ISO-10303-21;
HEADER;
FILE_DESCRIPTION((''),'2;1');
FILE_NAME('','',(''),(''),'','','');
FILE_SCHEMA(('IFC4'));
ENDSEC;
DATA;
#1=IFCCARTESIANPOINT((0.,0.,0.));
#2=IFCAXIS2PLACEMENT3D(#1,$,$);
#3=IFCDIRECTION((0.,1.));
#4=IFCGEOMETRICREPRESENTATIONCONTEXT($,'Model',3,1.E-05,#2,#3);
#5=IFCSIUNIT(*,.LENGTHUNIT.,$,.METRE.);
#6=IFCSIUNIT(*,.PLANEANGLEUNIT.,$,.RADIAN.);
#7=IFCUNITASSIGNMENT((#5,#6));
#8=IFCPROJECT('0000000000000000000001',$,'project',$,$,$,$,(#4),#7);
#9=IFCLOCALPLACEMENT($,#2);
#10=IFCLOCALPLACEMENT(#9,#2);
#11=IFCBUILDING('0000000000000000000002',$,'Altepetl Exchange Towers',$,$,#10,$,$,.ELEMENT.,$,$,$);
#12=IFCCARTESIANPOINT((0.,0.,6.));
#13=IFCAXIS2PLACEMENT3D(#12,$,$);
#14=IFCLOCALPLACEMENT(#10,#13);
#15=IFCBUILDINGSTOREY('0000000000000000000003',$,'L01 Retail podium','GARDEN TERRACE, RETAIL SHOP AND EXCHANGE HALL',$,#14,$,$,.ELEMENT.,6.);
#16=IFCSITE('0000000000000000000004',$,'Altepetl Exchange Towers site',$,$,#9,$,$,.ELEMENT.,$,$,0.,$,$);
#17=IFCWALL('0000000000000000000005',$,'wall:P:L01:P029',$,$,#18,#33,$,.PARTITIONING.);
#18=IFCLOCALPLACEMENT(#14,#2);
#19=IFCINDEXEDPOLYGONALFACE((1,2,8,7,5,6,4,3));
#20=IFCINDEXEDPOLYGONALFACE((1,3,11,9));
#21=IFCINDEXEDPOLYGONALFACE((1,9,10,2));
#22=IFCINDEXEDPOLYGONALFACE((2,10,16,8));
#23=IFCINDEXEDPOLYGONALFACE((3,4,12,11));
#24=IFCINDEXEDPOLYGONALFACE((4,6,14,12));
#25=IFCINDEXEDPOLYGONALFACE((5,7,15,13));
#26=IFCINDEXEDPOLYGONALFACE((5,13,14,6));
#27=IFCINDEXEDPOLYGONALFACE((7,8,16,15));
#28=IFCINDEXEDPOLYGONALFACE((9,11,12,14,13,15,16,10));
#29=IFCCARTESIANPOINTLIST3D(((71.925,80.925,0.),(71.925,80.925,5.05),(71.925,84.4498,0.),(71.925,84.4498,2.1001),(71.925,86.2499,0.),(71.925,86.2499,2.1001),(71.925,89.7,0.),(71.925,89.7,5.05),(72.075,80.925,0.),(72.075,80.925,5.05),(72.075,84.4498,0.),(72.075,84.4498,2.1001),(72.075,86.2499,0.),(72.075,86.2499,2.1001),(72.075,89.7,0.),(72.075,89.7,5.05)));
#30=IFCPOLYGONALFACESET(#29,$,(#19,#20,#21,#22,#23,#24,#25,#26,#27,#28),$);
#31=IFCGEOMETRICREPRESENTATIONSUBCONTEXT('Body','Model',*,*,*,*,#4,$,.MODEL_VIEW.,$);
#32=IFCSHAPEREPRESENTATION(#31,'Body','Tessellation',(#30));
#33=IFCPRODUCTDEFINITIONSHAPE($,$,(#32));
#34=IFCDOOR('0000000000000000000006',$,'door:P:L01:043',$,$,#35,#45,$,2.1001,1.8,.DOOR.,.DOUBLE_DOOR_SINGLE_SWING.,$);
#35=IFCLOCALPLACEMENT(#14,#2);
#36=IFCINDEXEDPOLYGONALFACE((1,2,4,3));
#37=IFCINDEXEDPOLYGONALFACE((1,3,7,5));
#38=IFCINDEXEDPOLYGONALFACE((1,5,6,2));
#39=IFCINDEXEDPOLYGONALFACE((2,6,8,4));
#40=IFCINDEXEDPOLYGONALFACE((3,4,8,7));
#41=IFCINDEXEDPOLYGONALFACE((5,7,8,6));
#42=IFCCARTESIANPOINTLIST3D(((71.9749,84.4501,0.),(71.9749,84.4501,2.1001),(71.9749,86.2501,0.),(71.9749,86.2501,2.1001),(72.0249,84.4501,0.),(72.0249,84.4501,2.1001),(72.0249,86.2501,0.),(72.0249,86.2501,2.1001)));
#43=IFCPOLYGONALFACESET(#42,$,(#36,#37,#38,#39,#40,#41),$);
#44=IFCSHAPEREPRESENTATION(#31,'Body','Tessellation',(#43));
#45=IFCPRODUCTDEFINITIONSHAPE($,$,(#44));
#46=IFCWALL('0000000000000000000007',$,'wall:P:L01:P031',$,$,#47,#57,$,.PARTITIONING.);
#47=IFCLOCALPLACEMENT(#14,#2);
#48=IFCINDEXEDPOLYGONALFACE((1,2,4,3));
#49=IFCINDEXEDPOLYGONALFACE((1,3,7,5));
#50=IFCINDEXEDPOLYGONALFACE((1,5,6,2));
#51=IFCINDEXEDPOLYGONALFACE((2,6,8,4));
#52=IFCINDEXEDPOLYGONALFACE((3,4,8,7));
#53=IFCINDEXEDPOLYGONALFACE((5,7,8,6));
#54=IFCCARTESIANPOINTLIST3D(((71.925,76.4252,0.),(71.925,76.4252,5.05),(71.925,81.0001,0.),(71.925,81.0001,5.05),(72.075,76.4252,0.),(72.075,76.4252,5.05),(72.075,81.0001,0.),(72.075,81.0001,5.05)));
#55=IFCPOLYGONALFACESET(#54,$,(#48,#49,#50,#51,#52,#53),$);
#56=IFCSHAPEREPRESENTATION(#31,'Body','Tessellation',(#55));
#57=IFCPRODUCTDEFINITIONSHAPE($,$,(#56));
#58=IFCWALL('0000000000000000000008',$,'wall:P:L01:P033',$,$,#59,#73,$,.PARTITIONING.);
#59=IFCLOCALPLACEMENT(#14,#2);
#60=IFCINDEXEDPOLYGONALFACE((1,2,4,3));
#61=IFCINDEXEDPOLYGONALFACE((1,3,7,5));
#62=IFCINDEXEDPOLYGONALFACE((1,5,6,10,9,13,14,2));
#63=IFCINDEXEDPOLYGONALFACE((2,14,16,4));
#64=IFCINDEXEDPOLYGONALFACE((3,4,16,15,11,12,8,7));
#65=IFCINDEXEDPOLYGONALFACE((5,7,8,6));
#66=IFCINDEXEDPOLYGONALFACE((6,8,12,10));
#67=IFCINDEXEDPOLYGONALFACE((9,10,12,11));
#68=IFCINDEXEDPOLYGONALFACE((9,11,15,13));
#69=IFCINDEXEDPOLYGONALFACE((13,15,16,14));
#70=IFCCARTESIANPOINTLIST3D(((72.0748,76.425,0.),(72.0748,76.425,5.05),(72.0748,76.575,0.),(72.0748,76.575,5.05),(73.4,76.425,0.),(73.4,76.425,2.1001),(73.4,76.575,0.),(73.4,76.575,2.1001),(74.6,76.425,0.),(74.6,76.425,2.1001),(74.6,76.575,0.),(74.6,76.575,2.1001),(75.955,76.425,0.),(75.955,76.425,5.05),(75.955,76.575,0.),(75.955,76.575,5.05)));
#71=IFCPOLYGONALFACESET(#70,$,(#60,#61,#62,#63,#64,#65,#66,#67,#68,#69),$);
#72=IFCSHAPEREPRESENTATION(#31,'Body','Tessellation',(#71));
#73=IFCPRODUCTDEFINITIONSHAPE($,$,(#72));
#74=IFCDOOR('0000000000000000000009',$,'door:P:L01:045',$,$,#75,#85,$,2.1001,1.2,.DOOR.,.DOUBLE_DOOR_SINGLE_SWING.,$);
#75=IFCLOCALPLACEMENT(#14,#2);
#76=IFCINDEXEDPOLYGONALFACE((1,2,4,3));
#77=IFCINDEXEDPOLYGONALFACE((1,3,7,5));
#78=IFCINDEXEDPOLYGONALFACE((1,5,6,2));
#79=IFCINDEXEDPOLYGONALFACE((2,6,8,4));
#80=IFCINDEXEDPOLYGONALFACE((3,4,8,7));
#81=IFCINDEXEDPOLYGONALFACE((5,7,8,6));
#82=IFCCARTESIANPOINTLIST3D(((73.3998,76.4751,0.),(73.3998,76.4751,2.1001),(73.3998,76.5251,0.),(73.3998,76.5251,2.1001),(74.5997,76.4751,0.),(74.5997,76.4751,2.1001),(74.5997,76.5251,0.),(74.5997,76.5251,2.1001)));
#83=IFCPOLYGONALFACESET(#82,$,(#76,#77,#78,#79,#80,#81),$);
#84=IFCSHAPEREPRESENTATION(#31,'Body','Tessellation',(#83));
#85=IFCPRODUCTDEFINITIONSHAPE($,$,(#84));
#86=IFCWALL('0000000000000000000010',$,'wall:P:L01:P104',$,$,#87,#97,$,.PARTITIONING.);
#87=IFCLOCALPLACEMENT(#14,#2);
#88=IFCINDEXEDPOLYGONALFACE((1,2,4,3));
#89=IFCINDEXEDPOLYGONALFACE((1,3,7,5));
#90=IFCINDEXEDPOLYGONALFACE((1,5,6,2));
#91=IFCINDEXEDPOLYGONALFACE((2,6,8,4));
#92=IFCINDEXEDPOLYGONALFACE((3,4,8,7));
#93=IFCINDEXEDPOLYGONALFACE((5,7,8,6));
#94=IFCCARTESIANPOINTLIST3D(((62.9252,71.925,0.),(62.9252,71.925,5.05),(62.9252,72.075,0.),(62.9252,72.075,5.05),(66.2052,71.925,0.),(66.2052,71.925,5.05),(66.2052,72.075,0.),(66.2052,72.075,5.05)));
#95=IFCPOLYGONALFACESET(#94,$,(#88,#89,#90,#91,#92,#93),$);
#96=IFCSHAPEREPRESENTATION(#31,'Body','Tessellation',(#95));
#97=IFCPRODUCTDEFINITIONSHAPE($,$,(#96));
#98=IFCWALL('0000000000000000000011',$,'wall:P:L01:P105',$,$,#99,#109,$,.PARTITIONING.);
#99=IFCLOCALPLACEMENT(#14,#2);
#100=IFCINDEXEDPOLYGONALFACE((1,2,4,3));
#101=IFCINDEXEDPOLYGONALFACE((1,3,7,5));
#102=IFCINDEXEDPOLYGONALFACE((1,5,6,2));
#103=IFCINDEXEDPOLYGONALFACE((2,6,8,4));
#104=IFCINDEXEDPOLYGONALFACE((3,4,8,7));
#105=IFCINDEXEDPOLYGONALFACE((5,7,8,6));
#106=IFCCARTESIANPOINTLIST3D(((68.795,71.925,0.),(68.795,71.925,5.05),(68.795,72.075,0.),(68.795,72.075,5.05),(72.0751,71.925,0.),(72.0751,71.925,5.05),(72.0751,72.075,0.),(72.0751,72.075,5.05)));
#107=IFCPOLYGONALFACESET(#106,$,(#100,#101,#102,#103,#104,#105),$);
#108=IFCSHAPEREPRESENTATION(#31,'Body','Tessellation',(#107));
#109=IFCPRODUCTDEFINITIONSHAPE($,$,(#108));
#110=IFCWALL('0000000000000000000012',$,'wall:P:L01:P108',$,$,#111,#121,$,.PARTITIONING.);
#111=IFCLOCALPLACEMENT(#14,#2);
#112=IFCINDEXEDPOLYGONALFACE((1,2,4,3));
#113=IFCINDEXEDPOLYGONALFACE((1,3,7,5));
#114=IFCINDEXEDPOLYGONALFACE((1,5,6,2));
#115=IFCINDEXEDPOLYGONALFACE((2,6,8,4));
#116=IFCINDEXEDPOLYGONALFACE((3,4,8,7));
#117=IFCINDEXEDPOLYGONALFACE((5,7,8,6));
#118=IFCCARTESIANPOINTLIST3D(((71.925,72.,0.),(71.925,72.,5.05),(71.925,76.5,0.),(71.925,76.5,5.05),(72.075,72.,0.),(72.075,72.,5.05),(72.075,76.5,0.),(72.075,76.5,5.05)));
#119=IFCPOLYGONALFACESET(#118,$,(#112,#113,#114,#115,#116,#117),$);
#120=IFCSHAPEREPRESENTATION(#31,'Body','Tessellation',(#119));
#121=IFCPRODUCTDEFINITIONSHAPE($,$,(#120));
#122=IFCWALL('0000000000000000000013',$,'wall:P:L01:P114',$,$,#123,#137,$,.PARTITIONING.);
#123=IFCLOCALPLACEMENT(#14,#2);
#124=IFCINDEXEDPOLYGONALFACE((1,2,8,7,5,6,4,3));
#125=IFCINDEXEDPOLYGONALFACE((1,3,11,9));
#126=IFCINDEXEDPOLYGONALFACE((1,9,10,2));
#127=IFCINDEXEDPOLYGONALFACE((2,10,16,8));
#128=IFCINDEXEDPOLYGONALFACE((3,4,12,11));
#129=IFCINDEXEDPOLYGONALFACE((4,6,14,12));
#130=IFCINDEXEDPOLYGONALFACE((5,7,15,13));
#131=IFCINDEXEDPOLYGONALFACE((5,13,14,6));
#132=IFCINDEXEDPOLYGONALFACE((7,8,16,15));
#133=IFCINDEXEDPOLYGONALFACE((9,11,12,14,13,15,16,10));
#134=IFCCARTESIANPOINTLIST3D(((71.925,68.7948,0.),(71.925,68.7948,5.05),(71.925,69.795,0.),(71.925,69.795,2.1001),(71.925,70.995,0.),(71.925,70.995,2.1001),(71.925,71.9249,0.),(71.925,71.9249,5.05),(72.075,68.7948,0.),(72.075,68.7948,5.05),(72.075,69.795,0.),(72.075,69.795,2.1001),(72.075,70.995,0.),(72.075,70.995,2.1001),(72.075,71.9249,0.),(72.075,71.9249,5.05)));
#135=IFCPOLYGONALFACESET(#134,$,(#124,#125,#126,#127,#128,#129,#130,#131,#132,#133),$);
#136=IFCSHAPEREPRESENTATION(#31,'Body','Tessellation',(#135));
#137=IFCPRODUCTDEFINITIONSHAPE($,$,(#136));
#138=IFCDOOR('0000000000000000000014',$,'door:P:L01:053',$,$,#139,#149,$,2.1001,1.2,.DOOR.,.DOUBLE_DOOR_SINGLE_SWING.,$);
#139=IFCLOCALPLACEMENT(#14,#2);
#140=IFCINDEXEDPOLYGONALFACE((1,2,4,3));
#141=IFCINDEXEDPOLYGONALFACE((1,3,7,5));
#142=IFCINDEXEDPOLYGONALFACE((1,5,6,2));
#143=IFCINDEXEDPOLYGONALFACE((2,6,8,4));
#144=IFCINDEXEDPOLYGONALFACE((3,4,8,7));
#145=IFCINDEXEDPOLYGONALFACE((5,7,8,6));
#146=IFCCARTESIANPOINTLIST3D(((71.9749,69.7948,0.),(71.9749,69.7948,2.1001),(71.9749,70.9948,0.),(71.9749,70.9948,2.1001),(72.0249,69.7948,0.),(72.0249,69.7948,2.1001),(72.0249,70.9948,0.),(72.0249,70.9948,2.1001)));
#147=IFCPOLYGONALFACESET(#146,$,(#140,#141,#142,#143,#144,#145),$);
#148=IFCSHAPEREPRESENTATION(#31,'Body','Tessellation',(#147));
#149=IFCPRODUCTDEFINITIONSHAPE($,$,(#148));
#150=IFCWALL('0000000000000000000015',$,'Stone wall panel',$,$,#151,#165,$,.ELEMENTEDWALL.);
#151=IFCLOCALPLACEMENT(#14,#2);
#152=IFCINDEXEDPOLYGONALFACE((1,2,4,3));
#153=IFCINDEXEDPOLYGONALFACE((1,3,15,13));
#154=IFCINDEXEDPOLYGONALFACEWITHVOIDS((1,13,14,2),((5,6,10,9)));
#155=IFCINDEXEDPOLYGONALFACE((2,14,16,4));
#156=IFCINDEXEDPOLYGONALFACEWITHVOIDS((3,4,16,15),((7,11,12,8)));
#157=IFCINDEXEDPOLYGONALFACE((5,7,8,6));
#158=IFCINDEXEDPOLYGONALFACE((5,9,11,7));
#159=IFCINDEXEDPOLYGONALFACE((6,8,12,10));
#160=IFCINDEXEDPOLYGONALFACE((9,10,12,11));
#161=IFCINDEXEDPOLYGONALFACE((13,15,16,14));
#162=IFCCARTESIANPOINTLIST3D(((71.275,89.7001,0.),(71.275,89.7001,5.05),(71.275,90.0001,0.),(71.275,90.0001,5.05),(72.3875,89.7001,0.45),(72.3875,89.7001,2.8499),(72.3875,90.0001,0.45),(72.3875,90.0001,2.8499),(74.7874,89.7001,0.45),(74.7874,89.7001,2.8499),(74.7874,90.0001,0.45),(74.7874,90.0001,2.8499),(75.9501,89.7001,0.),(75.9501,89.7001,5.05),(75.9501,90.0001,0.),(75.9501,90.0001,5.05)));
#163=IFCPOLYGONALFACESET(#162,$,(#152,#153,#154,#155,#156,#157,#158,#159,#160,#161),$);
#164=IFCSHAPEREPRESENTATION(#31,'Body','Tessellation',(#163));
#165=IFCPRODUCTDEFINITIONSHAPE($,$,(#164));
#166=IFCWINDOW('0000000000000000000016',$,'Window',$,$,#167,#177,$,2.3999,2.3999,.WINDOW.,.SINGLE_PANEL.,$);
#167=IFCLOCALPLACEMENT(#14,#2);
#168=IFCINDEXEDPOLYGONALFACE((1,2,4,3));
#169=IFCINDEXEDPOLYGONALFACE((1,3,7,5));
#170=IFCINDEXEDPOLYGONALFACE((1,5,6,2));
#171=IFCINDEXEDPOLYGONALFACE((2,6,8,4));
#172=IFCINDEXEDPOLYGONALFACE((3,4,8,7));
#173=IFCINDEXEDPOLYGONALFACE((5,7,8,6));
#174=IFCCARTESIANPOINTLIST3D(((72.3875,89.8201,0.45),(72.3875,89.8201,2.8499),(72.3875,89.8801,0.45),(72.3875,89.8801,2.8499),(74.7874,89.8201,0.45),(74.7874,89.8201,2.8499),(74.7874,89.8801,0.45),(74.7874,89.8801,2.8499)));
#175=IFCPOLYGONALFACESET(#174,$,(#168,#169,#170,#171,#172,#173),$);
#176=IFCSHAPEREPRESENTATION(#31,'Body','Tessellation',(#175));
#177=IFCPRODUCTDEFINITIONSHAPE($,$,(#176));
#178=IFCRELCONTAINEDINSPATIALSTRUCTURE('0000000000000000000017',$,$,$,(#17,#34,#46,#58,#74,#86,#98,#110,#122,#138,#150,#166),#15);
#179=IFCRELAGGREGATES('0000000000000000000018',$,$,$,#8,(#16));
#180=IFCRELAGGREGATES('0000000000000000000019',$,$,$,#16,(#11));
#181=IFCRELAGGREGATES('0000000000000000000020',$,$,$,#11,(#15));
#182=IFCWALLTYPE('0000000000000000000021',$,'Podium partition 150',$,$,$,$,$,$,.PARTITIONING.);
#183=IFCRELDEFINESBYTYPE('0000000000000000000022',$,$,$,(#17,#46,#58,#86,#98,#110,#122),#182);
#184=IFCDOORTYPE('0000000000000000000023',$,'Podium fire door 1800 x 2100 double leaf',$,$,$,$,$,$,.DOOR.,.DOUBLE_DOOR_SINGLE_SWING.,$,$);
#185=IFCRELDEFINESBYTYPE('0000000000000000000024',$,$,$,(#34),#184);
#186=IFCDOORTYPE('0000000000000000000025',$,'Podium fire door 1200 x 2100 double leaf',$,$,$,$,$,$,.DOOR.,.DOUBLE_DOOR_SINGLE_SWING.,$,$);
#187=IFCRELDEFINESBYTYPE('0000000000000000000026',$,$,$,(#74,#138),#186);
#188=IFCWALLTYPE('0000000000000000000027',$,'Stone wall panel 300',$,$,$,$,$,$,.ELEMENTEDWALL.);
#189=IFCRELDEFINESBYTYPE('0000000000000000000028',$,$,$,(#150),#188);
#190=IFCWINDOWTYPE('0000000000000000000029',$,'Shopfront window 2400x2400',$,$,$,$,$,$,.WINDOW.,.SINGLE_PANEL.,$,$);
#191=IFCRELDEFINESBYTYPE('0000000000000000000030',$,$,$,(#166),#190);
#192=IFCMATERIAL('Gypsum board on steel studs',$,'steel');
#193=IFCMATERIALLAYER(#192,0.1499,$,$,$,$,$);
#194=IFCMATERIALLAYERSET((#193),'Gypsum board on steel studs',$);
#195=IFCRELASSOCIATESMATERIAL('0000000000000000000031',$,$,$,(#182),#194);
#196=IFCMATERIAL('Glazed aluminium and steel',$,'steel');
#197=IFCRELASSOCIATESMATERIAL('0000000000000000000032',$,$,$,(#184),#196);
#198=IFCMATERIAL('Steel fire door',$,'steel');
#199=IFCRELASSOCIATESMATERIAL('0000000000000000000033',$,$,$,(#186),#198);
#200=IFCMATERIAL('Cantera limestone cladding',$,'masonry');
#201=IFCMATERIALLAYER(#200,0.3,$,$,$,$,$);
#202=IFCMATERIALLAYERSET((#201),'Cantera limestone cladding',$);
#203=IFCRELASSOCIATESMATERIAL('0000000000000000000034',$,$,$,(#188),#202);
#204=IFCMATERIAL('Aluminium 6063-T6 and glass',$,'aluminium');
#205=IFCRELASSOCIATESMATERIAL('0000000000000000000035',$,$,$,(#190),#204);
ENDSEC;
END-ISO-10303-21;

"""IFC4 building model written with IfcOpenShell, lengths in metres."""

from ifc_helpers import new_model, si_unit, direction, frame, frame_2d, origin, place, context, subcontext, project, spatial, rectangle, extrude, material, layer, layer_set, type_object, element, fill, save


model = new_model("IFC4")

# Units and contexts
model_context = context("Model", 3, precision=1e-05, world=origin(), true_north=direction((0.0, 1.0)))
body_context = subcontext(model_context, "Body", "Model", "MODEL_VIEW")
ifc_project = project(units=[si_unit("LENGTHUNIT", "METRE"), si_unit("PLANEANGLEUNIT", "RADIAN")], contexts=[model_context])

# Site, building, storey
site_placement = place(None, origin())
site = spatial("IfcSite", under=ifc_project, at=site_placement, Name="Altepetl Exchange Towers site", CompositionType="ELEMENT", RefElevation=0.0)
building_placement = place(site_placement, origin())
building = spatial("IfcBuilding", under=site, at=building_placement, Name="Altepetl Exchange Towers", CompositionType="ELEMENT")
storey_placement = place(building_placement, frame((0.0, 0.0, 6.0)))
storey = spatial("IfcBuildingStorey", under=building, at=storey_placement, Name="L01 Retail podium", Description="GARDEN TERRACE, RETAIL SHOP AND EXCHANGE HALL", CompositionType="ELEMENT", Elevation=6.0)

# Shared definitions
ifc_material_1 = material(Name="Aluminium 6063-T6 and glass", Category="aluminium")

# Wall, opening, door
ifc_material_2 = material(Name="Gypsum board on steel studs", Category="steel")
ifc_layer_1 = layer(ifc_material_2, 0.1499)
ifc_layer_set_1 = layer_set([ifc_layer_1], Name="Gypsum board on steel studs")
wall_type_1 = type_object("IfcWallType", Name="Podium partition 150", PredefinedType="PARTITIONING", material=ifc_layer_set_1)
wall_1_placement = place(storey_placement, frame((72.0, 80.925, 0.0), z_axis=(0.0, 0.0, 1.0), x_axis=(0.0, 1.0, 0.0)))
wall_1 = element("IfcWall", 1, at=wall_1_placement, inside=storey, type_object=wall_type_1, Name="wall:P:L01:P029", PredefinedType="PARTITIONING", context=body_context, shape_type="SweptSolid", body=[
    extrude(rectangle(XDim=8.7749, YDim=0.1499, at=frame_2d((4.3875, 0.0))), origin(), (0.0, 0.0, 1.0), 5.05),
])
opening_1_placement = place(wall_1_placement, frame((3.5249, 0.0, 0.0)))
opening_1 = element("IfcOpeningElement", 2, at=opening_1_placement, cuts=wall_1, PredefinedType="OPENING", context=body_context, shape_type="SweptSolid", body=[
    extrude(rectangle(XDim=1.8, YDim=2.1001, at=frame_2d((0.8999, 1.05))), frame((0.0, 0.085, 0.0), z_axis=(0.0, -1.0, 0.0), x_axis=(1.0, 0.0, 0.0)), (0.0, 0.0, 1.0), 0.1699),
])
ifc_material_3 = material(Name="Glazed aluminium and steel", Category="steel")
door_type_1 = type_object("IfcDoorType", Name="Podium fire door 1800 x 2100 double leaf", OperationType="DOUBLE_DOOR_SINGLE_SWING", PredefinedType="DOOR", material=ifc_material_3)
door_1_placement = place(opening_1_placement, frame((1.8, 0.0, 0.0), x_axis=(-1.0, 0.0, 0.0)))
door_1 = element("IfcDoor", 3, at=door_1_placement, inside=storey, type_object=door_type_1, Name="door:P:L01:043", OperationType="DOUBLE_DOOR_SINGLE_SWING", OverallHeight=2.1001, OverallWidth=1.8, PredefinedType="DOOR", context=body_context, shape_type="SweptSolid", body=[
    extrude(rectangle(XDim=1.8, YDim=2.1001, at=frame_2d((0.8999, 1.05))), frame((0.0, 0.0249, 0.0), z_axis=(0.0, -1.0, 0.0), x_axis=(1.0, 0.0, 0.0)), (0.0, 0.0, 1.0), 0.05),
])
fill(opening_1, door_1)

# Wall
wall_2_placement = place(storey_placement, frame((72.0, 76.425, 0.0), z_axis=(0.0, 0.0, 1.0), x_axis=(0.0, 1.0, 0.0)))
element("IfcWall", 4, at=wall_2_placement, inside=storey, type_object=wall_type_1, Name="wall:P:L01:P031", PredefinedType="PARTITIONING", context=body_context, shape_type="SweptSolid", body=[
    extrude(rectangle(XDim=4.575, YDim=0.1499, at=frame_2d((2.2876, 0.0))), origin(), (0.0, 0.0, 1.0), 5.05),
])

# Wall, opening, door
wall_3_placement = place(storey_placement, frame((72.075, 76.5, 0.0)))
wall_3 = element("IfcWall", 5, at=wall_3_placement, inside=storey, type_object=wall_type_1, Name="wall:P:L01:P033", PredefinedType="PARTITIONING", context=body_context, shape_type="SweptSolid", body=[
    extrude(rectangle(XDim=3.8801, YDim=0.1499, at=frame_2d((1.9399, 0.0))), origin(), (0.0, 0.0, 1.0), 5.05),
])
opening_2_placement = place(wall_3_placement, frame((1.325, 0.0, 0.0)))
opening_2 = element("IfcOpeningElement", 6, at=opening_2_placement, cuts=wall_3, PredefinedType="OPENING", context=body_context, shape_type="SweptSolid", body=[
    extrude(rectangle(XDim=1.2, YDim=2.1001, at=frame_2d((0.6001, 1.05))), frame((0.0, 0.085, 0.0), z_axis=(0.0, -1.0, 0.0), x_axis=(1.0, 0.0, 0.0)), (0.0, 0.0, 1.0), 0.1699),
])
ifc_material_4 = material(Name="Steel fire door", Category="steel")
door_type_2 = type_object("IfcDoorType", Name="Podium fire door 1200 x 2100 double leaf", OperationType="DOUBLE_DOOR_SINGLE_SWING", PredefinedType="DOOR", material=ifc_material_4)
door_2_placement = place(opening_2_placement, frame((1.2, 0.0, 0.0), x_axis=(-1.0, 0.0, 0.0)))
door_2 = element("IfcDoor", 7, at=door_2_placement, inside=storey, type_object=door_type_2, Name="door:P:L01:045", OperationType="DOUBLE_DOOR_SINGLE_SWING", OverallHeight=2.1001, OverallWidth=1.2, PredefinedType="DOOR", context=body_context, shape_type="SweptSolid", body=[
    extrude(rectangle(XDim=1.2, YDim=2.1001, at=frame_2d((0.6001, 1.05))), frame((0.0, 0.0249, 0.0), z_axis=(0.0, -1.0, 0.0), x_axis=(1.0, 0.0, 0.0)), (0.0, 0.0, 1.0), 0.05),
])
fill(opening_2, door_2)

# Walls
for number, where, name in (
    (8, (62.925, 72.0, 0.0), "wall:P:L01:P104"),
    (9, (68.7949, 72.0, 0.0), "wall:P:L01:P105"),
):
    element("IfcWall", number, at=place(storey_placement, frame(where)), inside=storey, type_object=wall_type_1, Name=name, PredefinedType="PARTITIONING", context=body_context, shape_type="SweptSolid", body=[
        extrude(rectangle(XDim=3.28, YDim=0.1499, at=frame_2d((1.6401, 0.0))), origin(), (0.0, 0.0, 1.0), 5.05),
    ])
wall_4_placement = place(storey_placement, frame((72.0, 72.0, 0.0), z_axis=(0.0, 0.0, 1.0), x_axis=(0.0, 1.0, 0.0)))
element("IfcWall", 10, at=wall_4_placement, inside=storey, type_object=wall_type_1, Name="wall:P:L01:P108", PredefinedType="PARTITIONING", context=body_context, shape_type="SweptSolid", body=[
    extrude(rectangle(XDim=4.5, YDim=0.1499, at=frame_2d((2.25, 0.0))), origin(), (0.0, 0.0, 1.0), 5.05),
])

# Wall, opening, door
wall_5_placement = place(storey_placement, frame((72.0, 68.7949, 0.0), z_axis=(0.0, 0.0, 1.0), x_axis=(0.0, 1.0, 0.0)))
wall_5 = element("IfcWall", 11, at=wall_5_placement, inside=storey, type_object=wall_type_1, Name="wall:P:L01:P114", PredefinedType="PARTITIONING", context=body_context, shape_type="SweptSolid", body=[
    extrude(rectangle(XDim=3.1301, YDim=0.1499, at=frame_2d((1.5649, 0.0))), origin(), (0.0, 0.0, 1.0), 5.05),
])
opening_3_placement = place(wall_5_placement, frame((1.0, 0.0, 0.0)))
opening_3 = element("IfcOpeningElement", 12, at=opening_3_placement, cuts=wall_5, PredefinedType="OPENING", context=body_context, shape_type="SweptSolid", body=[
    extrude(rectangle(XDim=1.2, YDim=2.1001, at=frame_2d((0.6001, 1.05))), frame((0.0, 0.085, 0.0), z_axis=(0.0, -1.0, 0.0), x_axis=(1.0, 0.0, 0.0)), (0.0, 0.0, 1.0), 0.1699),
])
door_3_placement = place(opening_3_placement, frame((1.2, 0.0, 0.0), x_axis=(-1.0, 0.0, 0.0)))
door_3 = element("IfcDoor", 13, at=door_3_placement, inside=storey, type_object=door_type_2, Name="door:P:L01:053", OperationType="DOUBLE_DOOR_SINGLE_SWING", OverallHeight=2.1001, OverallWidth=1.2, PredefinedType="DOOR", context=body_context, shape_type="SweptSolid", body=[
    extrude(rectangle(XDim=1.2, YDim=2.1001, at=frame_2d((0.6001, 1.05))), frame((0.0, 0.0249, 0.0), z_axis=(0.0, -1.0, 0.0), x_axis=(1.0, 0.0, 0.0)), (0.0, 0.0, 1.0), 0.05),
])
fill(opening_3, door_3)

# Wall, opening, window
ifc_material_5 = material(Name="Cantera limestone cladding", Category="masonry")
ifc_layer_2 = layer(ifc_material_5, 0.3)
ifc_layer_set_2 = layer_set([ifc_layer_2], Name="Cantera limestone cladding")
wall_type_2 = type_object("IfcWallType", Name="Stone wall panel 300", PredefinedType="ELEMENTEDWALL", material=ifc_layer_set_2)
wall_6_placement = place(storey_placement, frame((75.95, 89.8501, 0.0), z_axis=(0.0, 0.0, 1.0), x_axis=(-1.0, 0.0, 0.0)))
wall_6 = element("IfcWall", 14, at=wall_6_placement, inside=storey, type_object=wall_type_2, Name="Stone wall panel", PredefinedType="ELEMENTEDWALL", context=body_context, shape_type="SweptSolid", body=[
    extrude(rectangle(XDim=4.675, YDim=0.3, at=frame_2d((2.3374, 0.0))), origin(), (0.0, 0.0, 1.0), 5.05),
])
opening_4_placement = place(wall_6_placement, frame((1.1626, 0.0, 0.45)))
opening_4 = element("IfcOpeningElement", 15, at=opening_4_placement, cuts=wall_6, PredefinedType="OPENING", context=body_context, shape_type="SweptSolid", body=[
    extrude(rectangle(XDim=2.3999, YDim=2.3999, at=frame_2d((1.2, 1.2))), frame((0.0, 0.1602, 0.0), z_axis=(0.0, -1.0, 0.0), x_axis=(1.0, 0.0, 0.0)), (0.0, 0.0, 1.0), 0.3201),
])
window_type_1 = type_object("IfcWindowType", Name="Shopfront window 2400x2400", PartitioningType="SINGLE_PANEL", PredefinedType="WINDOW", material=ifc_material_1)
window_1_placement = place(opening_4_placement, origin())
window_1 = element("IfcWindow", 16, at=window_1_placement, inside=storey, type_object=window_type_1, Name="Window", OverallHeight=2.3999, OverallWidth=2.3999, PartitioningType="SINGLE_PANEL", PredefinedType="WINDOW", context=body_context, shape_type="SweptSolid", body=[
    extrude(rectangle(XDim=2.3999, YDim=2.3999, at=frame_2d((1.2, 1.2))), frame((0.0, 0.03, 0.0), z_axis=(0.0, -1.0, 0.0), x_axis=(1.0, 0.0, 0.0)), (0.0, 0.0, 1.0), 0.0601),
])
fill(opening_4, window_1)

save(model, "model.ifc")
